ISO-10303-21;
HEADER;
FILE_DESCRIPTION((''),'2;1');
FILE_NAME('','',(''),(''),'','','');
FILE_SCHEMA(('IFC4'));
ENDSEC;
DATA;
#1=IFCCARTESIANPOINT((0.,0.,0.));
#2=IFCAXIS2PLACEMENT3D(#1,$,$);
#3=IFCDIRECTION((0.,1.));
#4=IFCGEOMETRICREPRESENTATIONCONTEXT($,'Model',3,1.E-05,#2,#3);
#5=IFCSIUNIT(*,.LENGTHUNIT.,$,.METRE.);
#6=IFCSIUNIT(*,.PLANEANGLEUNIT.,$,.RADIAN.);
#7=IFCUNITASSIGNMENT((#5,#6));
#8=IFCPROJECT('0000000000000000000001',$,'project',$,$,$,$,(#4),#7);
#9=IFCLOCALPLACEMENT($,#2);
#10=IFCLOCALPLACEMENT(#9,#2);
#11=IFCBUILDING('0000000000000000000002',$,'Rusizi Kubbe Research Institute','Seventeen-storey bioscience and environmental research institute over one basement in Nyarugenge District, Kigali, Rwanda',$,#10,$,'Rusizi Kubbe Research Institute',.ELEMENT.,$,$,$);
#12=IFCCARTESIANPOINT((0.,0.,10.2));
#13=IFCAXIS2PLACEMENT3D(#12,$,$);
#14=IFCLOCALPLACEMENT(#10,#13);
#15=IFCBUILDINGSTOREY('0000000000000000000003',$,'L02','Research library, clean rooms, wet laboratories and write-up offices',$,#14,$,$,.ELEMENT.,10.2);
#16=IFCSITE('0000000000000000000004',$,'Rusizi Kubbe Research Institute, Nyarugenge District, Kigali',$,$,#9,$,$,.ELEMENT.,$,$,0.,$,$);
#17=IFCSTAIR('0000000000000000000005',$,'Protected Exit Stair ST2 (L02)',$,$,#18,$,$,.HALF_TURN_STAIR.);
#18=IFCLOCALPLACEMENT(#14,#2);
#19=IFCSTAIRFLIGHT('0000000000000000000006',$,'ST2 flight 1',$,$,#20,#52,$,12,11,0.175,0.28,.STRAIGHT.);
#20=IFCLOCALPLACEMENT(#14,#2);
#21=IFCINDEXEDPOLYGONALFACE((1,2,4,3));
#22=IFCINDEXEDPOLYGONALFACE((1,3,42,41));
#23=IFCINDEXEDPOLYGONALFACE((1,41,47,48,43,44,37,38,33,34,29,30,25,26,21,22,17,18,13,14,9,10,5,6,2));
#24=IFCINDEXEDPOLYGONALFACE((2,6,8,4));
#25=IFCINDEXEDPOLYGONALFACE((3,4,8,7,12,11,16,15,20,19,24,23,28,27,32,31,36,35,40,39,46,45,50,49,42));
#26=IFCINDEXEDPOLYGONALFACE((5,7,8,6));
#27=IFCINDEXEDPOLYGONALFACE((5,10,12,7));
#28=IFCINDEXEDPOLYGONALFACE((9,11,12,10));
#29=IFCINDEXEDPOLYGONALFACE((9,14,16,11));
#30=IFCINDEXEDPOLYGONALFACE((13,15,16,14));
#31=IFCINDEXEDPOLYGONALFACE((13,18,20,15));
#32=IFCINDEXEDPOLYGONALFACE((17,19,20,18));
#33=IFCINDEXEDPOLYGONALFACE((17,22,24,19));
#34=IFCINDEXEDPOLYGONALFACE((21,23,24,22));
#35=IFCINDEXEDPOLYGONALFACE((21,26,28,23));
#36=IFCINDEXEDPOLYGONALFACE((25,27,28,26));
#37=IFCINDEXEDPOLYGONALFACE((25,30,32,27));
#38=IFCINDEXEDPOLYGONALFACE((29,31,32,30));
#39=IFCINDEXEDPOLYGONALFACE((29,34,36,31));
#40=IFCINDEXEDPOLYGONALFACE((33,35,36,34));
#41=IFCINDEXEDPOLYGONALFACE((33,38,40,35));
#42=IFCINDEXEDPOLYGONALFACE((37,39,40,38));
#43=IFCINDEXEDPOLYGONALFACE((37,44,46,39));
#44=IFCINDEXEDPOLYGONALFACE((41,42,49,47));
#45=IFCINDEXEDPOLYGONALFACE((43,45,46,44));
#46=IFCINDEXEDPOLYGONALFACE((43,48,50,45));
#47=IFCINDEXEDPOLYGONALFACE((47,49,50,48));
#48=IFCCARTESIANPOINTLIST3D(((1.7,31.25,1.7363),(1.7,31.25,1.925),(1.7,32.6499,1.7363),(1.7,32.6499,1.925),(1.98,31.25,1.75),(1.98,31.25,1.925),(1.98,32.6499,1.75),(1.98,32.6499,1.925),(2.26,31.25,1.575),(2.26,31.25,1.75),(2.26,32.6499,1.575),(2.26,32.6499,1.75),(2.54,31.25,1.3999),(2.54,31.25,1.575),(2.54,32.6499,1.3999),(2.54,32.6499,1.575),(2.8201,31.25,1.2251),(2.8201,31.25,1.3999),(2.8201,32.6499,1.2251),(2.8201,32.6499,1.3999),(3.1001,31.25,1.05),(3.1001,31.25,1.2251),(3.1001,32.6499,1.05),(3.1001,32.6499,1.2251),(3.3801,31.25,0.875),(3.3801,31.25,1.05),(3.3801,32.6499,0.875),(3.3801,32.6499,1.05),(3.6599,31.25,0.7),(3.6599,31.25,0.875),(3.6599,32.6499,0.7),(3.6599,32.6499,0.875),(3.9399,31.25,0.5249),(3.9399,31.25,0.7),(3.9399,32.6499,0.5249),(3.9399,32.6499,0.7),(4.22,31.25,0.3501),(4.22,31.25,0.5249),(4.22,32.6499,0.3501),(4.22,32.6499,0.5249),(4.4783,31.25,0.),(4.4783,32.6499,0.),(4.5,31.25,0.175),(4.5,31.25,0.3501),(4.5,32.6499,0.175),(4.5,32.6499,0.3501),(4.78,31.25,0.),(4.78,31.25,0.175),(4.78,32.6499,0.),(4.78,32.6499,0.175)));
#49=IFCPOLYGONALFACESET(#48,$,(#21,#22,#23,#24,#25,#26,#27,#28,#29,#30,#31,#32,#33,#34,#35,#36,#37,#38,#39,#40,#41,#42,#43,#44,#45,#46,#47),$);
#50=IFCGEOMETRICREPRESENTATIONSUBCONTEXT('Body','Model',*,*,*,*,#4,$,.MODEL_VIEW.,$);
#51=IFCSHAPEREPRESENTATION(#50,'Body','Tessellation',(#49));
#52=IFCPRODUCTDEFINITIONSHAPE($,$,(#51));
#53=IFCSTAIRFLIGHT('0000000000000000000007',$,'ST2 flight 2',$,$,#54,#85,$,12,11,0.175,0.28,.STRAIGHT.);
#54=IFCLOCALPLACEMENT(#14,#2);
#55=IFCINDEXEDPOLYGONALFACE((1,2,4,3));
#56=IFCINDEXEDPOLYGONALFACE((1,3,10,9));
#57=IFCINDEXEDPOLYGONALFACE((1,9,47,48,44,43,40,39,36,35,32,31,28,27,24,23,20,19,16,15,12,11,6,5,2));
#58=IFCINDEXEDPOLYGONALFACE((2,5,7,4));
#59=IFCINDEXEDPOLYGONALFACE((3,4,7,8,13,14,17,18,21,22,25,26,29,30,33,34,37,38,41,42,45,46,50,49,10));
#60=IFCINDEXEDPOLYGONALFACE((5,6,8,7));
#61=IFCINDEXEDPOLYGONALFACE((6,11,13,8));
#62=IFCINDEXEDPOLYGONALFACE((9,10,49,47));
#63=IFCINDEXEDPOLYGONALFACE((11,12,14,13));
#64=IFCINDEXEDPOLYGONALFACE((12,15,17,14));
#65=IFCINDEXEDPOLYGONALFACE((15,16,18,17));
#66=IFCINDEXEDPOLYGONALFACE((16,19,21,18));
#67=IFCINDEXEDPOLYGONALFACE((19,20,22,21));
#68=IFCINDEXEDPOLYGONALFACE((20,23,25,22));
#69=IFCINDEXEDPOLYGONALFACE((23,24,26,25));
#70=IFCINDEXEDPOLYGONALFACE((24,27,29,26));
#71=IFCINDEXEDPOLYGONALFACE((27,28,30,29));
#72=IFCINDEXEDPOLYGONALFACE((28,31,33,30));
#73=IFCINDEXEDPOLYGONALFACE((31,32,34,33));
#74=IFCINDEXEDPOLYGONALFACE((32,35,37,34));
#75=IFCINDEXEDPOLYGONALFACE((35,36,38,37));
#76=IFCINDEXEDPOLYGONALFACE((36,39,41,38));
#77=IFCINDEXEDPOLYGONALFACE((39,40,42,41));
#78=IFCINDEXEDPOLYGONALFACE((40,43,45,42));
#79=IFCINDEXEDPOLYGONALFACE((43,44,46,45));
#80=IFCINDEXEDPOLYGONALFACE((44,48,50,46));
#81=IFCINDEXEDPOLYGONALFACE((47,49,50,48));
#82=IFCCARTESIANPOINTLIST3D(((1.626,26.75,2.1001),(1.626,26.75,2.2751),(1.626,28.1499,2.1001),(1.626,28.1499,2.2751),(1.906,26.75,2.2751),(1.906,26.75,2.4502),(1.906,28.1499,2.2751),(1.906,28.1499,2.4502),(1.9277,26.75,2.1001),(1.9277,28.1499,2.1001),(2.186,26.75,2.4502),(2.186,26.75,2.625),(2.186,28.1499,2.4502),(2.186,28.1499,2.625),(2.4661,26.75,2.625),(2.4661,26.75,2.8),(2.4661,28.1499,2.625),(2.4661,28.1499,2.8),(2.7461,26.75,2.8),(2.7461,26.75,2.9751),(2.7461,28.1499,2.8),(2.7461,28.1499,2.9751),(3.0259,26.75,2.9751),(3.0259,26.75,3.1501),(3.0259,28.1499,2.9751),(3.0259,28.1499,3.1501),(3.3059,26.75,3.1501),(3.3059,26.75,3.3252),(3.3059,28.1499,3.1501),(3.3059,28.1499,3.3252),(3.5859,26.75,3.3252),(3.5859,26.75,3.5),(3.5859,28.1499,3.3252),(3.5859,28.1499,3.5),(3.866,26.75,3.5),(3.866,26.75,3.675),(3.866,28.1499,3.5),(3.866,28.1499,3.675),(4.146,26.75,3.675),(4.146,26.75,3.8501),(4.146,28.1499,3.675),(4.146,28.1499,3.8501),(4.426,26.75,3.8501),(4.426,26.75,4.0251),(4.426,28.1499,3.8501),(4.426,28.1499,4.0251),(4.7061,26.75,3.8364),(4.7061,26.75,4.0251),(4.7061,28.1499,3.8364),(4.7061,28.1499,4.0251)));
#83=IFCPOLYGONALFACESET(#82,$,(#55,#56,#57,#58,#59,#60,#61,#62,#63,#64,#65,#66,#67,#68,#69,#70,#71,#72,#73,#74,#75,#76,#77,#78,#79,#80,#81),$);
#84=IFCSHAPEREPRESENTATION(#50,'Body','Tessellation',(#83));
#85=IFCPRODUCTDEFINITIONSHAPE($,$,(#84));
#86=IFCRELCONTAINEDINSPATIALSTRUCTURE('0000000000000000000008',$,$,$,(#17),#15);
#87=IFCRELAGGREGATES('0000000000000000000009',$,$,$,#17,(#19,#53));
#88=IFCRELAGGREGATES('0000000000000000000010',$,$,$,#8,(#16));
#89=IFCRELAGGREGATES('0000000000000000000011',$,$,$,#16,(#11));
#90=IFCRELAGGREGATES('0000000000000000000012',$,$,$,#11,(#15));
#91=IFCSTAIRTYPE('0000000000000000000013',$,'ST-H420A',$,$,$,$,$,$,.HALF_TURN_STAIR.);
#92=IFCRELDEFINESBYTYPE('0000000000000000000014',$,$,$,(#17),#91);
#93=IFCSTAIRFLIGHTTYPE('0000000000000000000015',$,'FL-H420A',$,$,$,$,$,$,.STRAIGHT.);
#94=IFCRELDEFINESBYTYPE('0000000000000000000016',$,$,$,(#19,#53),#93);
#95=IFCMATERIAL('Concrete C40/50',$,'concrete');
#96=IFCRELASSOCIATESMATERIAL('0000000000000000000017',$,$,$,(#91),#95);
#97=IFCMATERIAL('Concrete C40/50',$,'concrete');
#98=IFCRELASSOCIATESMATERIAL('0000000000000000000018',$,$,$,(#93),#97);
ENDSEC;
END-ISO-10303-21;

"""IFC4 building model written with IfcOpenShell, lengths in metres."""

from ifc_helpers import new_model, si_unit, direction, frame, origin, place, context, subcontext, project, spatial, polyline, outline, extrude, material, type_object, element, aggregate, save


model = new_model("IFC4")

# Units and contexts
model_context = context("Model", 3, precision=1e-05, world=origin(), true_north=direction((0.0, 1.0)))
body_context = subcontext(model_context, "Body", "Model", "MODEL_VIEW")
ifc_project = project(units=[si_unit("LENGTHUNIT", "METRE"), si_unit("PLANEANGLEUNIT", "RADIAN")], contexts=[model_context])

# Site, building, storey
site_placement = place(None, origin())
site = spatial("IfcSite", under=ifc_project, at=site_placement, Name="Rusizi Kubbe Research Institute, Nyarugenge District, Kigali", CompositionType="ELEMENT", RefElevation=0.0)
building_placement = place(site_placement, origin())
building = spatial("IfcBuilding", under=site, at=building_placement, Name="Rusizi Kubbe Research Institute", Description="Seventeen-storey bioscience and environmental research institute over one basement in Nyarugenge District, Kigali, Rwanda", LongName="Rusizi Kubbe Research Institute", CompositionType="ELEMENT")
storey_placement = place(building_placement, frame((0.0, 0.0, 10.2)))
storey = spatial("IfcBuildingStorey", under=building, at=storey_placement, Name="L02", Description="Research library, clean rooms, wet laboratories and write-up offices", CompositionType="ELEMENT", Elevation=10.2)

# Stair, stair flights
ifc_material_1 = material(Name="Concrete C40/50", Category="concrete")
stair_type = type_object("IfcStairType", Name="ST-H420A", PredefinedType="HALF_TURN_STAIR", material=ifc_material_1)
stair_placement = place(storey_placement, origin())
stair = element("IfcStair", 1, at=stair_placement, inside=storey, type_object=stair_type, Name="Protected Exit Stair ST2 (L02)", PredefinedType="HALF_TURN_STAIR")
ifc_material_2 = material(Name="Concrete C40/50", Category="concrete")
stair_flight_type = type_object("IfcStairFlightType", Name="FL-H420A", PredefinedType="STRAIGHT", material=ifc_material_2)
stair_flight_1_placement = place(storey_placement, frame((4.78, 31.95, 0.0), z_axis=(0.0, 0.0, 1.0), x_axis=(-1.0, 0.0, 0.0)))
stair_flight_1 = element("IfcStairFlight", 2, at=stair_flight_1_placement, type_object=stair_flight_type, Name="ST2 flight 1", NumberOfRisers=12, NumberOfTreads=11, PredefinedType="STRAIGHT", RiserHeight=0.175, TreadLength=0.28, context=body_context, shape_type="SweptSolid", body=[
    extrude(outline(polyline([(0.0, 0.0), (0.0, 0.175), (0.28, 0.175), (0.28, 0.3501), (0.5601, 0.3501), (0.5601, 0.5249), (0.8401, 0.5249), (0.8401, 0.7), (1.1201, 0.7), (1.1201, 0.875), (1.3999, 0.875), (1.3999, 1.05), (1.6799, 1.05), (1.6799, 1.2251), (1.96, 1.2251), (1.96, 1.3999), (2.24, 1.3999), (2.24, 1.575), (2.52, 1.575), (2.52, 1.75), (2.8, 1.75), (2.8, 1.925), (3.0801, 1.925), (3.0801, 2.1001), (3.0801, 1.7363), (0.3018, 0.0), (0.0, 0.0)])), frame((0.0, 0.7, 0.0), z_axis=(0.0, -1.0, 0.0), x_axis=(1.0, 0.0, 0.0)), (0.0, 0.0, 1.0), 1.3999),
])
stair_flight_2_placement = place(storey_placement, frame((1.626, 27.45, 2.1001), z_axis=(0.0, 0.0, 1.0), x_axis=(1.0, 0.0, 0.0)))
stair_flight_2 = element("IfcStairFlight", 3, at=stair_flight_2_placement, type_object=stair_flight_type, Name="ST2 flight 2", NumberOfRisers=12, NumberOfTreads=11, PredefinedType="STRAIGHT", RiserHeight=0.175, TreadLength=0.28, context=body_context, shape_type="SweptSolid", body=[
    extrude(outline(polyline([(0.0, 0.0), (0.0, 0.175), (0.28, 0.175), (0.28, 0.3501), (0.5601, 0.3501), (0.5601, 0.5249), (0.8401, 0.5249), (0.8401, 0.7), (1.1201, 0.7), (1.1201, 0.875), (1.3999, 0.875), (1.3999, 1.05), (1.6799, 1.05), (1.6799, 1.2251), (1.96, 1.2251), (1.96, 1.3999), (2.24, 1.3999), (2.24, 1.575), (2.52, 1.575), (2.52, 1.75), (2.8, 1.75), (2.8, 1.925), (3.0801, 1.925), (3.0801, 2.1001), (3.0801, 1.7363), (0.3018, 0.0), (0.0, 0.0)])), frame((0.0, 0.7, 0.0), z_axis=(0.0, -1.0, 0.0), x_axis=(1.0, 0.0, 0.0)), (0.0, 0.0, 1.0), 1.3999),
])
aggregate(stair, [stair_flight_1, stair_flight_2])

save(model, "model.ifc")
